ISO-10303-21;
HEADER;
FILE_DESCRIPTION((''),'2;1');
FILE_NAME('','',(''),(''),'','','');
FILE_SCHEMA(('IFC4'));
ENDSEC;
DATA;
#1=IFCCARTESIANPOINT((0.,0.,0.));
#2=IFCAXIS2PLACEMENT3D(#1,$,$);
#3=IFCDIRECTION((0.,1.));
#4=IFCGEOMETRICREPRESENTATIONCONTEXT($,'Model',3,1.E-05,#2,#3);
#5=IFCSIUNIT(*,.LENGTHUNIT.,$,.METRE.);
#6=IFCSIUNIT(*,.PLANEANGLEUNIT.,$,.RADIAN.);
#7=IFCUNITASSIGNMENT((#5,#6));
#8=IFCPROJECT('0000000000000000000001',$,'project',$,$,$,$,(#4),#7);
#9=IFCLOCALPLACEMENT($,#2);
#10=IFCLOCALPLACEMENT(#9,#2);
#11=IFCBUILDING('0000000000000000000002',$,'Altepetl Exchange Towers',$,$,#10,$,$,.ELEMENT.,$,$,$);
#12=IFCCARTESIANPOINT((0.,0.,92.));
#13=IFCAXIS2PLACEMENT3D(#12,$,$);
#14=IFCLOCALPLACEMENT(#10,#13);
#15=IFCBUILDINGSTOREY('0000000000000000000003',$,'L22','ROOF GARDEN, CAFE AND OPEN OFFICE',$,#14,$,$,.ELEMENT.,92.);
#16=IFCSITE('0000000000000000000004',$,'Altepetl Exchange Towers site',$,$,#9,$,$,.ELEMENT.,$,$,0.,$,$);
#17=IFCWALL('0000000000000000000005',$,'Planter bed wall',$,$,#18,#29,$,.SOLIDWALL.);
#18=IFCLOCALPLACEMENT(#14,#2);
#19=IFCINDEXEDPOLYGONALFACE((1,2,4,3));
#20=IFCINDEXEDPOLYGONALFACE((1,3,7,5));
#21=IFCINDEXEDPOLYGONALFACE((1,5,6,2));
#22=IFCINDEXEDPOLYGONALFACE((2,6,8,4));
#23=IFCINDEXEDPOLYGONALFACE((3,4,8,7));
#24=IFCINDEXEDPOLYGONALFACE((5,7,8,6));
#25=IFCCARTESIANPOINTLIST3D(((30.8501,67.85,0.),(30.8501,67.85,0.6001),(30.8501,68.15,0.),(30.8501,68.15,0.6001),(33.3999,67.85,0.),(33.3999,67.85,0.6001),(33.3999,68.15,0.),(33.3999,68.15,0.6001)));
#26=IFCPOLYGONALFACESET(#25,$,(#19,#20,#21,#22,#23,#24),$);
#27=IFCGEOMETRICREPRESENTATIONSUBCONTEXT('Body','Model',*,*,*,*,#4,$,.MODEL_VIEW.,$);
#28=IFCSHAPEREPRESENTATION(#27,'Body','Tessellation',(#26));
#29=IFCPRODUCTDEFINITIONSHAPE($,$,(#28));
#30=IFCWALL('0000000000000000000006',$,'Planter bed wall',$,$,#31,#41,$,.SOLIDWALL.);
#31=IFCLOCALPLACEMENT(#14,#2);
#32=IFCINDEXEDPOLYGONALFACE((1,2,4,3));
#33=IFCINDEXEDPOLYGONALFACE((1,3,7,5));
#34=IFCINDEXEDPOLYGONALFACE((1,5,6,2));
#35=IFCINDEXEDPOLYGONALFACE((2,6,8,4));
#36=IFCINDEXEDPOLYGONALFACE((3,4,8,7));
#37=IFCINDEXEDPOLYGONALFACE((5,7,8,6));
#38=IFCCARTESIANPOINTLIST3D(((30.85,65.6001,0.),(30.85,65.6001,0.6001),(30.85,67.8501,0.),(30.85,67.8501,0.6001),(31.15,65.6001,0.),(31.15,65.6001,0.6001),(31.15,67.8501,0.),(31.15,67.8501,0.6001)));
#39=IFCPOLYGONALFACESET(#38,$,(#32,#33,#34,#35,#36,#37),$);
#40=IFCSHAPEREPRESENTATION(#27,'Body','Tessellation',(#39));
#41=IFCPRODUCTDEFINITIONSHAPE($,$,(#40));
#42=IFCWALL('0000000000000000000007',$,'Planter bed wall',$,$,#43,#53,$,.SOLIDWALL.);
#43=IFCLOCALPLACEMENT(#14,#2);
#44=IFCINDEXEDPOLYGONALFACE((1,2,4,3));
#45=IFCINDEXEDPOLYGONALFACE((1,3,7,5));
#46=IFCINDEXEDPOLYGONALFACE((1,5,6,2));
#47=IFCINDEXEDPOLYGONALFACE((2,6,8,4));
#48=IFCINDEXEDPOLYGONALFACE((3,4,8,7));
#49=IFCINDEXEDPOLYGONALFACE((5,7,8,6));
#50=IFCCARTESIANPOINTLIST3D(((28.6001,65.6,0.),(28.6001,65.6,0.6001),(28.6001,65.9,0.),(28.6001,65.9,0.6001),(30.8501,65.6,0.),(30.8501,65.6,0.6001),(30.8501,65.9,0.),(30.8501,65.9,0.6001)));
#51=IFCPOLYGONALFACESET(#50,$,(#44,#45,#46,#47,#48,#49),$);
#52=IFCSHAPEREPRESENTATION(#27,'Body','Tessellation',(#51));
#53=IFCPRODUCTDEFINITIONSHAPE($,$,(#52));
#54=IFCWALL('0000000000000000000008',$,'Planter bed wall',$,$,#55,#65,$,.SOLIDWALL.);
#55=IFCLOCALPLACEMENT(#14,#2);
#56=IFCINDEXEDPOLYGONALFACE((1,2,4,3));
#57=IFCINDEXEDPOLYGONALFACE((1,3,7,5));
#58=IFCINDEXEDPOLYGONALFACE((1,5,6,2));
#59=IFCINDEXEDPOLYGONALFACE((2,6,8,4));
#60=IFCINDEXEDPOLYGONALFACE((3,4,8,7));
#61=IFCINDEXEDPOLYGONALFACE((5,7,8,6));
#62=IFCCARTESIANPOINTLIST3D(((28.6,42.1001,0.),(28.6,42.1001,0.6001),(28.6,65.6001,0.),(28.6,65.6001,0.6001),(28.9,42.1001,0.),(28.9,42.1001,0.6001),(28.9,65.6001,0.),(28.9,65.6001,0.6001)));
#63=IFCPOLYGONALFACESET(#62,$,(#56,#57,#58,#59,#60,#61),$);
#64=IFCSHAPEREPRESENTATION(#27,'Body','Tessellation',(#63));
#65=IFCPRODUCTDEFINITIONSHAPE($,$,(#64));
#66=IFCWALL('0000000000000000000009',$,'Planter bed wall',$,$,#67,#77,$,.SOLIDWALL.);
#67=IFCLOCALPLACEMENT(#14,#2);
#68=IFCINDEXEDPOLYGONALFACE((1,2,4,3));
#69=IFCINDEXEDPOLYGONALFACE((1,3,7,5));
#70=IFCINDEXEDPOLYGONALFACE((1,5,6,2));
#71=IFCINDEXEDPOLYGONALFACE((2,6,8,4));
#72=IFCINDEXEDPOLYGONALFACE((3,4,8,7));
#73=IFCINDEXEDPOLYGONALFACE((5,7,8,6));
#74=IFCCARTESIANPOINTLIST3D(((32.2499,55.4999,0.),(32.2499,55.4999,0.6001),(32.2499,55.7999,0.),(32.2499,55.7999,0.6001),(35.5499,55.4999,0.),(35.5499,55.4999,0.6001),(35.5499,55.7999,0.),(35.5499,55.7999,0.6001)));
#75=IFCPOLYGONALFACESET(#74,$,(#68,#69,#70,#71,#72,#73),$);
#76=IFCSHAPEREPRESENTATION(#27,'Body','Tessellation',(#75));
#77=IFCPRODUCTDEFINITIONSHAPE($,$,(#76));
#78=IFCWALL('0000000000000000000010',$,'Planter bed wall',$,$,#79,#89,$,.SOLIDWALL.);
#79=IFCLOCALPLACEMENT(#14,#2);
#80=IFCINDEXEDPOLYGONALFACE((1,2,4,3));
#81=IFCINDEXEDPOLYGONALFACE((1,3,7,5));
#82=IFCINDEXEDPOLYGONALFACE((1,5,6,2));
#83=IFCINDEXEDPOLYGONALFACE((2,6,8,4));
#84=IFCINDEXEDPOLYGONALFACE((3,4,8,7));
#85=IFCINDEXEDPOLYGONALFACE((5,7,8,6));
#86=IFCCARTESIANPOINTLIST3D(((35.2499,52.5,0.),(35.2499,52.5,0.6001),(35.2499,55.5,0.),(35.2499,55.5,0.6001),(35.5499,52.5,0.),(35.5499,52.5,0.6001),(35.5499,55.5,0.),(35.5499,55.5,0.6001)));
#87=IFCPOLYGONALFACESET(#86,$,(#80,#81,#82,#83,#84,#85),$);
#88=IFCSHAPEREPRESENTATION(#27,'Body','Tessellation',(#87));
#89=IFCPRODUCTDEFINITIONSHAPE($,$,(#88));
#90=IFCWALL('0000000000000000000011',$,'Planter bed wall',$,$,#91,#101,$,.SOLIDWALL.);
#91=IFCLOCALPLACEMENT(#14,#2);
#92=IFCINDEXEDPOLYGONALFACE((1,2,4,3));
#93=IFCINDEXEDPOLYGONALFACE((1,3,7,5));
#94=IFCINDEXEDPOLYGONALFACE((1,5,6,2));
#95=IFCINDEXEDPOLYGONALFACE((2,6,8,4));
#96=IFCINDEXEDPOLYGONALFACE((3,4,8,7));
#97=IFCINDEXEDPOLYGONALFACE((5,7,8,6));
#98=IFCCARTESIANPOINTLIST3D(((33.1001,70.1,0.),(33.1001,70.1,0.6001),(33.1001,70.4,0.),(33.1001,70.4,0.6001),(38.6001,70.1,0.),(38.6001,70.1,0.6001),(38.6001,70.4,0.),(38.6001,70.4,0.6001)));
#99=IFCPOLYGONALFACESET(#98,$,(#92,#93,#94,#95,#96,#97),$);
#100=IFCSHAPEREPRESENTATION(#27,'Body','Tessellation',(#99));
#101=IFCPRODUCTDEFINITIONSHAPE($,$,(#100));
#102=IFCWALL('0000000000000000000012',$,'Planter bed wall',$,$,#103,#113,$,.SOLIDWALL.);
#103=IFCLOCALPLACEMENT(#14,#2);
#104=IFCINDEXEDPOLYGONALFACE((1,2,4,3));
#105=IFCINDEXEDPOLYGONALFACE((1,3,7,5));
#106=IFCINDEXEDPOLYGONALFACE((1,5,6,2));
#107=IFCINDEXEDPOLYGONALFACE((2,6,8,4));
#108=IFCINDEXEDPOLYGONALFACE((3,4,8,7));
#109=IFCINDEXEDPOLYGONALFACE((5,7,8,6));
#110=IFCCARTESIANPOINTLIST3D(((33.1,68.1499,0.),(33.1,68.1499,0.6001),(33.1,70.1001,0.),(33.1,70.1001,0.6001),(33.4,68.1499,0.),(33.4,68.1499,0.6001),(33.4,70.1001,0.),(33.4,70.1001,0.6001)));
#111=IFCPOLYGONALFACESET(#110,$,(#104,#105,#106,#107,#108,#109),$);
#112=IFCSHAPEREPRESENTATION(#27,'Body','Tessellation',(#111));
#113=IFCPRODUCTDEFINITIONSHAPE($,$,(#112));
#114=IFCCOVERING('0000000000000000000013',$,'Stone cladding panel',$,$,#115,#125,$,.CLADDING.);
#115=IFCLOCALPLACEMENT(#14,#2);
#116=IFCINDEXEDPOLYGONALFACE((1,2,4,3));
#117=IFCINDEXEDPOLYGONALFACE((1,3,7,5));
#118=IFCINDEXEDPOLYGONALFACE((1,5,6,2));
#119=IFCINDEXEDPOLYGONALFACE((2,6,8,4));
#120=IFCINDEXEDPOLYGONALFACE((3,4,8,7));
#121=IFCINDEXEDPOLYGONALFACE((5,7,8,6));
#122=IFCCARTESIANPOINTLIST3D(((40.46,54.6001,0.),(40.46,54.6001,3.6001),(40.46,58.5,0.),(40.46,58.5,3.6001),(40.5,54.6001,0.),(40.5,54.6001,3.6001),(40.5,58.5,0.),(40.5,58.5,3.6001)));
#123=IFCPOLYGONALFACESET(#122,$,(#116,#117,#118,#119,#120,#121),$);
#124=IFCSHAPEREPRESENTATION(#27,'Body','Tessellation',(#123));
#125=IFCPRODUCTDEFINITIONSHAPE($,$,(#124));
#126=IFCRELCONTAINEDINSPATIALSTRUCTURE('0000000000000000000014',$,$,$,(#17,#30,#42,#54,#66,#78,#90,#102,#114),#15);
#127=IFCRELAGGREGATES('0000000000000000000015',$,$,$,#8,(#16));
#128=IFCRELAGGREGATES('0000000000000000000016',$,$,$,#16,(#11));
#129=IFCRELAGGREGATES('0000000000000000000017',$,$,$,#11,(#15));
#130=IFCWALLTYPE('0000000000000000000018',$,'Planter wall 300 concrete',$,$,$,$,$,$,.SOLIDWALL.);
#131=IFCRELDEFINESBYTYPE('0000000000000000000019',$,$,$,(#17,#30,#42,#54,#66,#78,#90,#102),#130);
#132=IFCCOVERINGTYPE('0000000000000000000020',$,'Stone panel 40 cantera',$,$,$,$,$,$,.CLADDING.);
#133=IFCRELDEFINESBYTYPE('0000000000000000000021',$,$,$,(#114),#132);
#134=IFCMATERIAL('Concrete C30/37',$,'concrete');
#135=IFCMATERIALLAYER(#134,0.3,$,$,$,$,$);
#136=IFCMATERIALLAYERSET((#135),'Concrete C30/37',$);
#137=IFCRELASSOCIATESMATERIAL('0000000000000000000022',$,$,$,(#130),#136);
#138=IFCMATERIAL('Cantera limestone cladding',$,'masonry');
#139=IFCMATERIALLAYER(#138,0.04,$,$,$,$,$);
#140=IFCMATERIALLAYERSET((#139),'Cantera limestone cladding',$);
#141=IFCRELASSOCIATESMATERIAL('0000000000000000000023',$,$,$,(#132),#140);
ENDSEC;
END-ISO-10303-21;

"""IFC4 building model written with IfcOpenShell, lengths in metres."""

from ifc_helpers import new_model, si_unit, direction, frame, frame_2d, origin, origin_2d, place, context, subcontext, project, spatial, rectangle, extrude, material, layer, layer_set, type_object, element, save


model = new_model("IFC4")

# Units and contexts
model_context = context("Model", 3, precision=1e-05, world=origin(), true_north=direction((0.0, 1.0)))
body_context = subcontext(model_context, "Body", "Model", "MODEL_VIEW")
ifc_project = project(units=[si_unit("LENGTHUNIT", "METRE"), si_unit("PLANEANGLEUNIT", "RADIAN")], contexts=[model_context])

# Site, building, storey
site_placement = place(None, origin())
site = spatial("IfcSite", under=ifc_project, at=site_placement, Name="Altepetl Exchange Towers site", CompositionType="ELEMENT", RefElevation=0.0)
building_placement = place(site_placement, origin())
building = spatial("IfcBuilding", under=site, at=building_placement, Name="Altepetl Exchange Towers", CompositionType="ELEMENT")
storey_placement = place(building_placement, frame((0.0, 0.0, 92.0)))
storey = spatial("IfcBuildingStorey", under=building, at=storey_placement, Name="L22", Description="ROOF GARDEN, CAFE AND OPEN OFFICE", CompositionType="ELEMENT", Elevation=92.0)

# Walls
ifc_material_1 = material(Name="Concrete C30/37", Category="concrete")
ifc_layer_1 = layer(ifc_material_1, 0.3)
ifc_layer_set_1 = layer_set([ifc_layer_1], Name="Concrete C30/37")
wall_type_1 = type_object("IfcWallType", Name="Planter wall 300 concrete", PredefinedType="SOLIDWALL", material=ifc_layer_set_1)
wall_1_placement = place(storey_placement, frame((33.3999, 68.0, 0.0), z_axis=(0.0, 0.0, 1.0), x_axis=(-1.0, 0.0, 0.0)))
element("IfcWall", 1, at=wall_1_placement, inside=storey, type_object=wall_type_1, Name="Planter bed wall", PredefinedType="SOLIDWALL", context=body_context, shape_type="SweptSolid", body=[
    extrude(rectangle(XDim=2.5498, YDim=0.3, at=frame_2d((1.2749, 0.0))), origin(), (0.0, 0.0, 1.0), 0.6001),
])
for number, where, z_axis, x_axis, name in (
    (2, (31.0, 67.8501, 0.0), (0.0, 0.0, 1.0), (0.0, -1.0, 0.0), "Planter bed wall"),
    (3, (30.8501, 65.75, 0.0), (0.0, 0.0, 1.0), (-1.0, 0.0, 0.0), "Planter bed wall"),
):
    element("IfcWall", number, at=place(storey_placement, frame(where, z_axis=z_axis, x_axis=x_axis)), inside=storey, type_object=wall_type_1, Name=name, PredefinedType="SOLIDWALL", context=body_context, shape_type="SweptSolid", body=[
        extrude(rectangle(XDim=2.25, YDim=0.3, at=frame_2d((1.125, 0.0))), origin(), (0.0, 0.0, 1.0), 0.6001),
    ])
wall_2_placement = place(storey_placement, frame((28.75, 65.6001, 0.0), z_axis=(0.0, 0.0, 1.0), x_axis=(0.0, -1.0, 0.0)))
element("IfcWall", 4, at=wall_2_placement, inside=storey, type_object=wall_type_1, Name="Planter bed wall", PredefinedType="SOLIDWALL", context=body_context, shape_type="SweptSolid", body=[
    extrude(rectangle(XDim=23.5, YDim=0.3, at=frame_2d((11.75, 0.0))), origin(), (0.0, 0.0, 1.0), 0.6001),
])
wall_3_placement = place(storey_placement, frame((32.25, 55.6499, 0.0)))
element("IfcWall", 5, at=wall_3_placement, inside=storey, type_object=wall_type_1, Name="Planter bed wall", PredefinedType="SOLIDWALL", context=body_context, shape_type="SweptSolid", body=[
    extrude(rectangle(XDim=3.3, YDim=0.3, at=frame_2d((1.6499, 0.0))), origin(), (0.0, 0.0, 1.0), 0.6001),
])
wall_4_placement = place(storey_placement, frame((35.3999, 55.5, 0.0), z_axis=(0.0, 0.0, 1.0), x_axis=(0.0, -1.0, 0.0)))
element("IfcWall", 6, at=wall_4_placement, inside=storey, type_object=wall_type_1, Name="Planter bed wall", PredefinedType="SOLIDWALL", context=body_context, shape_type="SweptSolid", body=[
    extrude(rectangle(XDim=3.0, YDim=0.3, at=frame_2d((1.5, 0.0))), origin(), (0.0, 0.0, 1.0), 0.6001),
])
wall_5_placement = place(storey_placement, frame((38.6001, 70.25, 0.0), z_axis=(0.0, 0.0, 1.0), x_axis=(-1.0, 0.0, 0.0)))
element("IfcWall", 7, at=wall_5_placement, inside=storey, type_object=wall_type_1, Name="Planter bed wall", PredefinedType="SOLIDWALL", context=body_context, shape_type="SweptSolid", body=[
    extrude(rectangle(XDim=5.5, YDim=0.3, at=frame_2d((2.75, 0.0))), origin(), (0.0, 0.0, 1.0), 0.6001),
])
wall_6_placement = place(storey_placement, frame((33.25, 70.1001, 0.0), z_axis=(0.0, 0.0, 1.0), x_axis=(0.0, -1.0, 0.0)))
element("IfcWall", 8, at=wall_6_placement, inside=storey, type_object=wall_type_1, Name="Planter bed wall", PredefinedType="SOLIDWALL", context=body_context, shape_type="SweptSolid", body=[
    extrude(rectangle(XDim=1.9502, YDim=0.3, at=frame_2d((0.9751, 0.0))), origin(), (0.0, 0.0, 1.0), 0.6001),
])

# Covering
ifc_material_2 = material(Name="Cantera limestone cladding", Category="masonry")
ifc_layer_2 = layer(ifc_material_2, 0.04)
ifc_layer_set_2 = layer_set([ifc_layer_2], Name="Cantera limestone cladding")
covering_type = type_object("IfcCoveringType", Name="Stone panel 40 cantera", PredefinedType="CLADDING", material=ifc_layer_set_2)
covering_placement = place(storey_placement, frame((40.48, 56.55, 0.0), z_axis=(0.0, 0.0, 1.0), x_axis=(0.0, -1.0, 0.0)))
element("IfcCovering", 9, at=covering_placement, inside=storey, type_object=covering_type, Name="Stone cladding panel", PredefinedType="CLADDING", context=body_context, shape_type="SweptSolid", body=[
    extrude(rectangle(XDim=3.8999, YDim=0.04, at=origin_2d()), origin(), (0.0, 0.0, 1.0), 3.6001),
])

save(model, "model.ifc")
